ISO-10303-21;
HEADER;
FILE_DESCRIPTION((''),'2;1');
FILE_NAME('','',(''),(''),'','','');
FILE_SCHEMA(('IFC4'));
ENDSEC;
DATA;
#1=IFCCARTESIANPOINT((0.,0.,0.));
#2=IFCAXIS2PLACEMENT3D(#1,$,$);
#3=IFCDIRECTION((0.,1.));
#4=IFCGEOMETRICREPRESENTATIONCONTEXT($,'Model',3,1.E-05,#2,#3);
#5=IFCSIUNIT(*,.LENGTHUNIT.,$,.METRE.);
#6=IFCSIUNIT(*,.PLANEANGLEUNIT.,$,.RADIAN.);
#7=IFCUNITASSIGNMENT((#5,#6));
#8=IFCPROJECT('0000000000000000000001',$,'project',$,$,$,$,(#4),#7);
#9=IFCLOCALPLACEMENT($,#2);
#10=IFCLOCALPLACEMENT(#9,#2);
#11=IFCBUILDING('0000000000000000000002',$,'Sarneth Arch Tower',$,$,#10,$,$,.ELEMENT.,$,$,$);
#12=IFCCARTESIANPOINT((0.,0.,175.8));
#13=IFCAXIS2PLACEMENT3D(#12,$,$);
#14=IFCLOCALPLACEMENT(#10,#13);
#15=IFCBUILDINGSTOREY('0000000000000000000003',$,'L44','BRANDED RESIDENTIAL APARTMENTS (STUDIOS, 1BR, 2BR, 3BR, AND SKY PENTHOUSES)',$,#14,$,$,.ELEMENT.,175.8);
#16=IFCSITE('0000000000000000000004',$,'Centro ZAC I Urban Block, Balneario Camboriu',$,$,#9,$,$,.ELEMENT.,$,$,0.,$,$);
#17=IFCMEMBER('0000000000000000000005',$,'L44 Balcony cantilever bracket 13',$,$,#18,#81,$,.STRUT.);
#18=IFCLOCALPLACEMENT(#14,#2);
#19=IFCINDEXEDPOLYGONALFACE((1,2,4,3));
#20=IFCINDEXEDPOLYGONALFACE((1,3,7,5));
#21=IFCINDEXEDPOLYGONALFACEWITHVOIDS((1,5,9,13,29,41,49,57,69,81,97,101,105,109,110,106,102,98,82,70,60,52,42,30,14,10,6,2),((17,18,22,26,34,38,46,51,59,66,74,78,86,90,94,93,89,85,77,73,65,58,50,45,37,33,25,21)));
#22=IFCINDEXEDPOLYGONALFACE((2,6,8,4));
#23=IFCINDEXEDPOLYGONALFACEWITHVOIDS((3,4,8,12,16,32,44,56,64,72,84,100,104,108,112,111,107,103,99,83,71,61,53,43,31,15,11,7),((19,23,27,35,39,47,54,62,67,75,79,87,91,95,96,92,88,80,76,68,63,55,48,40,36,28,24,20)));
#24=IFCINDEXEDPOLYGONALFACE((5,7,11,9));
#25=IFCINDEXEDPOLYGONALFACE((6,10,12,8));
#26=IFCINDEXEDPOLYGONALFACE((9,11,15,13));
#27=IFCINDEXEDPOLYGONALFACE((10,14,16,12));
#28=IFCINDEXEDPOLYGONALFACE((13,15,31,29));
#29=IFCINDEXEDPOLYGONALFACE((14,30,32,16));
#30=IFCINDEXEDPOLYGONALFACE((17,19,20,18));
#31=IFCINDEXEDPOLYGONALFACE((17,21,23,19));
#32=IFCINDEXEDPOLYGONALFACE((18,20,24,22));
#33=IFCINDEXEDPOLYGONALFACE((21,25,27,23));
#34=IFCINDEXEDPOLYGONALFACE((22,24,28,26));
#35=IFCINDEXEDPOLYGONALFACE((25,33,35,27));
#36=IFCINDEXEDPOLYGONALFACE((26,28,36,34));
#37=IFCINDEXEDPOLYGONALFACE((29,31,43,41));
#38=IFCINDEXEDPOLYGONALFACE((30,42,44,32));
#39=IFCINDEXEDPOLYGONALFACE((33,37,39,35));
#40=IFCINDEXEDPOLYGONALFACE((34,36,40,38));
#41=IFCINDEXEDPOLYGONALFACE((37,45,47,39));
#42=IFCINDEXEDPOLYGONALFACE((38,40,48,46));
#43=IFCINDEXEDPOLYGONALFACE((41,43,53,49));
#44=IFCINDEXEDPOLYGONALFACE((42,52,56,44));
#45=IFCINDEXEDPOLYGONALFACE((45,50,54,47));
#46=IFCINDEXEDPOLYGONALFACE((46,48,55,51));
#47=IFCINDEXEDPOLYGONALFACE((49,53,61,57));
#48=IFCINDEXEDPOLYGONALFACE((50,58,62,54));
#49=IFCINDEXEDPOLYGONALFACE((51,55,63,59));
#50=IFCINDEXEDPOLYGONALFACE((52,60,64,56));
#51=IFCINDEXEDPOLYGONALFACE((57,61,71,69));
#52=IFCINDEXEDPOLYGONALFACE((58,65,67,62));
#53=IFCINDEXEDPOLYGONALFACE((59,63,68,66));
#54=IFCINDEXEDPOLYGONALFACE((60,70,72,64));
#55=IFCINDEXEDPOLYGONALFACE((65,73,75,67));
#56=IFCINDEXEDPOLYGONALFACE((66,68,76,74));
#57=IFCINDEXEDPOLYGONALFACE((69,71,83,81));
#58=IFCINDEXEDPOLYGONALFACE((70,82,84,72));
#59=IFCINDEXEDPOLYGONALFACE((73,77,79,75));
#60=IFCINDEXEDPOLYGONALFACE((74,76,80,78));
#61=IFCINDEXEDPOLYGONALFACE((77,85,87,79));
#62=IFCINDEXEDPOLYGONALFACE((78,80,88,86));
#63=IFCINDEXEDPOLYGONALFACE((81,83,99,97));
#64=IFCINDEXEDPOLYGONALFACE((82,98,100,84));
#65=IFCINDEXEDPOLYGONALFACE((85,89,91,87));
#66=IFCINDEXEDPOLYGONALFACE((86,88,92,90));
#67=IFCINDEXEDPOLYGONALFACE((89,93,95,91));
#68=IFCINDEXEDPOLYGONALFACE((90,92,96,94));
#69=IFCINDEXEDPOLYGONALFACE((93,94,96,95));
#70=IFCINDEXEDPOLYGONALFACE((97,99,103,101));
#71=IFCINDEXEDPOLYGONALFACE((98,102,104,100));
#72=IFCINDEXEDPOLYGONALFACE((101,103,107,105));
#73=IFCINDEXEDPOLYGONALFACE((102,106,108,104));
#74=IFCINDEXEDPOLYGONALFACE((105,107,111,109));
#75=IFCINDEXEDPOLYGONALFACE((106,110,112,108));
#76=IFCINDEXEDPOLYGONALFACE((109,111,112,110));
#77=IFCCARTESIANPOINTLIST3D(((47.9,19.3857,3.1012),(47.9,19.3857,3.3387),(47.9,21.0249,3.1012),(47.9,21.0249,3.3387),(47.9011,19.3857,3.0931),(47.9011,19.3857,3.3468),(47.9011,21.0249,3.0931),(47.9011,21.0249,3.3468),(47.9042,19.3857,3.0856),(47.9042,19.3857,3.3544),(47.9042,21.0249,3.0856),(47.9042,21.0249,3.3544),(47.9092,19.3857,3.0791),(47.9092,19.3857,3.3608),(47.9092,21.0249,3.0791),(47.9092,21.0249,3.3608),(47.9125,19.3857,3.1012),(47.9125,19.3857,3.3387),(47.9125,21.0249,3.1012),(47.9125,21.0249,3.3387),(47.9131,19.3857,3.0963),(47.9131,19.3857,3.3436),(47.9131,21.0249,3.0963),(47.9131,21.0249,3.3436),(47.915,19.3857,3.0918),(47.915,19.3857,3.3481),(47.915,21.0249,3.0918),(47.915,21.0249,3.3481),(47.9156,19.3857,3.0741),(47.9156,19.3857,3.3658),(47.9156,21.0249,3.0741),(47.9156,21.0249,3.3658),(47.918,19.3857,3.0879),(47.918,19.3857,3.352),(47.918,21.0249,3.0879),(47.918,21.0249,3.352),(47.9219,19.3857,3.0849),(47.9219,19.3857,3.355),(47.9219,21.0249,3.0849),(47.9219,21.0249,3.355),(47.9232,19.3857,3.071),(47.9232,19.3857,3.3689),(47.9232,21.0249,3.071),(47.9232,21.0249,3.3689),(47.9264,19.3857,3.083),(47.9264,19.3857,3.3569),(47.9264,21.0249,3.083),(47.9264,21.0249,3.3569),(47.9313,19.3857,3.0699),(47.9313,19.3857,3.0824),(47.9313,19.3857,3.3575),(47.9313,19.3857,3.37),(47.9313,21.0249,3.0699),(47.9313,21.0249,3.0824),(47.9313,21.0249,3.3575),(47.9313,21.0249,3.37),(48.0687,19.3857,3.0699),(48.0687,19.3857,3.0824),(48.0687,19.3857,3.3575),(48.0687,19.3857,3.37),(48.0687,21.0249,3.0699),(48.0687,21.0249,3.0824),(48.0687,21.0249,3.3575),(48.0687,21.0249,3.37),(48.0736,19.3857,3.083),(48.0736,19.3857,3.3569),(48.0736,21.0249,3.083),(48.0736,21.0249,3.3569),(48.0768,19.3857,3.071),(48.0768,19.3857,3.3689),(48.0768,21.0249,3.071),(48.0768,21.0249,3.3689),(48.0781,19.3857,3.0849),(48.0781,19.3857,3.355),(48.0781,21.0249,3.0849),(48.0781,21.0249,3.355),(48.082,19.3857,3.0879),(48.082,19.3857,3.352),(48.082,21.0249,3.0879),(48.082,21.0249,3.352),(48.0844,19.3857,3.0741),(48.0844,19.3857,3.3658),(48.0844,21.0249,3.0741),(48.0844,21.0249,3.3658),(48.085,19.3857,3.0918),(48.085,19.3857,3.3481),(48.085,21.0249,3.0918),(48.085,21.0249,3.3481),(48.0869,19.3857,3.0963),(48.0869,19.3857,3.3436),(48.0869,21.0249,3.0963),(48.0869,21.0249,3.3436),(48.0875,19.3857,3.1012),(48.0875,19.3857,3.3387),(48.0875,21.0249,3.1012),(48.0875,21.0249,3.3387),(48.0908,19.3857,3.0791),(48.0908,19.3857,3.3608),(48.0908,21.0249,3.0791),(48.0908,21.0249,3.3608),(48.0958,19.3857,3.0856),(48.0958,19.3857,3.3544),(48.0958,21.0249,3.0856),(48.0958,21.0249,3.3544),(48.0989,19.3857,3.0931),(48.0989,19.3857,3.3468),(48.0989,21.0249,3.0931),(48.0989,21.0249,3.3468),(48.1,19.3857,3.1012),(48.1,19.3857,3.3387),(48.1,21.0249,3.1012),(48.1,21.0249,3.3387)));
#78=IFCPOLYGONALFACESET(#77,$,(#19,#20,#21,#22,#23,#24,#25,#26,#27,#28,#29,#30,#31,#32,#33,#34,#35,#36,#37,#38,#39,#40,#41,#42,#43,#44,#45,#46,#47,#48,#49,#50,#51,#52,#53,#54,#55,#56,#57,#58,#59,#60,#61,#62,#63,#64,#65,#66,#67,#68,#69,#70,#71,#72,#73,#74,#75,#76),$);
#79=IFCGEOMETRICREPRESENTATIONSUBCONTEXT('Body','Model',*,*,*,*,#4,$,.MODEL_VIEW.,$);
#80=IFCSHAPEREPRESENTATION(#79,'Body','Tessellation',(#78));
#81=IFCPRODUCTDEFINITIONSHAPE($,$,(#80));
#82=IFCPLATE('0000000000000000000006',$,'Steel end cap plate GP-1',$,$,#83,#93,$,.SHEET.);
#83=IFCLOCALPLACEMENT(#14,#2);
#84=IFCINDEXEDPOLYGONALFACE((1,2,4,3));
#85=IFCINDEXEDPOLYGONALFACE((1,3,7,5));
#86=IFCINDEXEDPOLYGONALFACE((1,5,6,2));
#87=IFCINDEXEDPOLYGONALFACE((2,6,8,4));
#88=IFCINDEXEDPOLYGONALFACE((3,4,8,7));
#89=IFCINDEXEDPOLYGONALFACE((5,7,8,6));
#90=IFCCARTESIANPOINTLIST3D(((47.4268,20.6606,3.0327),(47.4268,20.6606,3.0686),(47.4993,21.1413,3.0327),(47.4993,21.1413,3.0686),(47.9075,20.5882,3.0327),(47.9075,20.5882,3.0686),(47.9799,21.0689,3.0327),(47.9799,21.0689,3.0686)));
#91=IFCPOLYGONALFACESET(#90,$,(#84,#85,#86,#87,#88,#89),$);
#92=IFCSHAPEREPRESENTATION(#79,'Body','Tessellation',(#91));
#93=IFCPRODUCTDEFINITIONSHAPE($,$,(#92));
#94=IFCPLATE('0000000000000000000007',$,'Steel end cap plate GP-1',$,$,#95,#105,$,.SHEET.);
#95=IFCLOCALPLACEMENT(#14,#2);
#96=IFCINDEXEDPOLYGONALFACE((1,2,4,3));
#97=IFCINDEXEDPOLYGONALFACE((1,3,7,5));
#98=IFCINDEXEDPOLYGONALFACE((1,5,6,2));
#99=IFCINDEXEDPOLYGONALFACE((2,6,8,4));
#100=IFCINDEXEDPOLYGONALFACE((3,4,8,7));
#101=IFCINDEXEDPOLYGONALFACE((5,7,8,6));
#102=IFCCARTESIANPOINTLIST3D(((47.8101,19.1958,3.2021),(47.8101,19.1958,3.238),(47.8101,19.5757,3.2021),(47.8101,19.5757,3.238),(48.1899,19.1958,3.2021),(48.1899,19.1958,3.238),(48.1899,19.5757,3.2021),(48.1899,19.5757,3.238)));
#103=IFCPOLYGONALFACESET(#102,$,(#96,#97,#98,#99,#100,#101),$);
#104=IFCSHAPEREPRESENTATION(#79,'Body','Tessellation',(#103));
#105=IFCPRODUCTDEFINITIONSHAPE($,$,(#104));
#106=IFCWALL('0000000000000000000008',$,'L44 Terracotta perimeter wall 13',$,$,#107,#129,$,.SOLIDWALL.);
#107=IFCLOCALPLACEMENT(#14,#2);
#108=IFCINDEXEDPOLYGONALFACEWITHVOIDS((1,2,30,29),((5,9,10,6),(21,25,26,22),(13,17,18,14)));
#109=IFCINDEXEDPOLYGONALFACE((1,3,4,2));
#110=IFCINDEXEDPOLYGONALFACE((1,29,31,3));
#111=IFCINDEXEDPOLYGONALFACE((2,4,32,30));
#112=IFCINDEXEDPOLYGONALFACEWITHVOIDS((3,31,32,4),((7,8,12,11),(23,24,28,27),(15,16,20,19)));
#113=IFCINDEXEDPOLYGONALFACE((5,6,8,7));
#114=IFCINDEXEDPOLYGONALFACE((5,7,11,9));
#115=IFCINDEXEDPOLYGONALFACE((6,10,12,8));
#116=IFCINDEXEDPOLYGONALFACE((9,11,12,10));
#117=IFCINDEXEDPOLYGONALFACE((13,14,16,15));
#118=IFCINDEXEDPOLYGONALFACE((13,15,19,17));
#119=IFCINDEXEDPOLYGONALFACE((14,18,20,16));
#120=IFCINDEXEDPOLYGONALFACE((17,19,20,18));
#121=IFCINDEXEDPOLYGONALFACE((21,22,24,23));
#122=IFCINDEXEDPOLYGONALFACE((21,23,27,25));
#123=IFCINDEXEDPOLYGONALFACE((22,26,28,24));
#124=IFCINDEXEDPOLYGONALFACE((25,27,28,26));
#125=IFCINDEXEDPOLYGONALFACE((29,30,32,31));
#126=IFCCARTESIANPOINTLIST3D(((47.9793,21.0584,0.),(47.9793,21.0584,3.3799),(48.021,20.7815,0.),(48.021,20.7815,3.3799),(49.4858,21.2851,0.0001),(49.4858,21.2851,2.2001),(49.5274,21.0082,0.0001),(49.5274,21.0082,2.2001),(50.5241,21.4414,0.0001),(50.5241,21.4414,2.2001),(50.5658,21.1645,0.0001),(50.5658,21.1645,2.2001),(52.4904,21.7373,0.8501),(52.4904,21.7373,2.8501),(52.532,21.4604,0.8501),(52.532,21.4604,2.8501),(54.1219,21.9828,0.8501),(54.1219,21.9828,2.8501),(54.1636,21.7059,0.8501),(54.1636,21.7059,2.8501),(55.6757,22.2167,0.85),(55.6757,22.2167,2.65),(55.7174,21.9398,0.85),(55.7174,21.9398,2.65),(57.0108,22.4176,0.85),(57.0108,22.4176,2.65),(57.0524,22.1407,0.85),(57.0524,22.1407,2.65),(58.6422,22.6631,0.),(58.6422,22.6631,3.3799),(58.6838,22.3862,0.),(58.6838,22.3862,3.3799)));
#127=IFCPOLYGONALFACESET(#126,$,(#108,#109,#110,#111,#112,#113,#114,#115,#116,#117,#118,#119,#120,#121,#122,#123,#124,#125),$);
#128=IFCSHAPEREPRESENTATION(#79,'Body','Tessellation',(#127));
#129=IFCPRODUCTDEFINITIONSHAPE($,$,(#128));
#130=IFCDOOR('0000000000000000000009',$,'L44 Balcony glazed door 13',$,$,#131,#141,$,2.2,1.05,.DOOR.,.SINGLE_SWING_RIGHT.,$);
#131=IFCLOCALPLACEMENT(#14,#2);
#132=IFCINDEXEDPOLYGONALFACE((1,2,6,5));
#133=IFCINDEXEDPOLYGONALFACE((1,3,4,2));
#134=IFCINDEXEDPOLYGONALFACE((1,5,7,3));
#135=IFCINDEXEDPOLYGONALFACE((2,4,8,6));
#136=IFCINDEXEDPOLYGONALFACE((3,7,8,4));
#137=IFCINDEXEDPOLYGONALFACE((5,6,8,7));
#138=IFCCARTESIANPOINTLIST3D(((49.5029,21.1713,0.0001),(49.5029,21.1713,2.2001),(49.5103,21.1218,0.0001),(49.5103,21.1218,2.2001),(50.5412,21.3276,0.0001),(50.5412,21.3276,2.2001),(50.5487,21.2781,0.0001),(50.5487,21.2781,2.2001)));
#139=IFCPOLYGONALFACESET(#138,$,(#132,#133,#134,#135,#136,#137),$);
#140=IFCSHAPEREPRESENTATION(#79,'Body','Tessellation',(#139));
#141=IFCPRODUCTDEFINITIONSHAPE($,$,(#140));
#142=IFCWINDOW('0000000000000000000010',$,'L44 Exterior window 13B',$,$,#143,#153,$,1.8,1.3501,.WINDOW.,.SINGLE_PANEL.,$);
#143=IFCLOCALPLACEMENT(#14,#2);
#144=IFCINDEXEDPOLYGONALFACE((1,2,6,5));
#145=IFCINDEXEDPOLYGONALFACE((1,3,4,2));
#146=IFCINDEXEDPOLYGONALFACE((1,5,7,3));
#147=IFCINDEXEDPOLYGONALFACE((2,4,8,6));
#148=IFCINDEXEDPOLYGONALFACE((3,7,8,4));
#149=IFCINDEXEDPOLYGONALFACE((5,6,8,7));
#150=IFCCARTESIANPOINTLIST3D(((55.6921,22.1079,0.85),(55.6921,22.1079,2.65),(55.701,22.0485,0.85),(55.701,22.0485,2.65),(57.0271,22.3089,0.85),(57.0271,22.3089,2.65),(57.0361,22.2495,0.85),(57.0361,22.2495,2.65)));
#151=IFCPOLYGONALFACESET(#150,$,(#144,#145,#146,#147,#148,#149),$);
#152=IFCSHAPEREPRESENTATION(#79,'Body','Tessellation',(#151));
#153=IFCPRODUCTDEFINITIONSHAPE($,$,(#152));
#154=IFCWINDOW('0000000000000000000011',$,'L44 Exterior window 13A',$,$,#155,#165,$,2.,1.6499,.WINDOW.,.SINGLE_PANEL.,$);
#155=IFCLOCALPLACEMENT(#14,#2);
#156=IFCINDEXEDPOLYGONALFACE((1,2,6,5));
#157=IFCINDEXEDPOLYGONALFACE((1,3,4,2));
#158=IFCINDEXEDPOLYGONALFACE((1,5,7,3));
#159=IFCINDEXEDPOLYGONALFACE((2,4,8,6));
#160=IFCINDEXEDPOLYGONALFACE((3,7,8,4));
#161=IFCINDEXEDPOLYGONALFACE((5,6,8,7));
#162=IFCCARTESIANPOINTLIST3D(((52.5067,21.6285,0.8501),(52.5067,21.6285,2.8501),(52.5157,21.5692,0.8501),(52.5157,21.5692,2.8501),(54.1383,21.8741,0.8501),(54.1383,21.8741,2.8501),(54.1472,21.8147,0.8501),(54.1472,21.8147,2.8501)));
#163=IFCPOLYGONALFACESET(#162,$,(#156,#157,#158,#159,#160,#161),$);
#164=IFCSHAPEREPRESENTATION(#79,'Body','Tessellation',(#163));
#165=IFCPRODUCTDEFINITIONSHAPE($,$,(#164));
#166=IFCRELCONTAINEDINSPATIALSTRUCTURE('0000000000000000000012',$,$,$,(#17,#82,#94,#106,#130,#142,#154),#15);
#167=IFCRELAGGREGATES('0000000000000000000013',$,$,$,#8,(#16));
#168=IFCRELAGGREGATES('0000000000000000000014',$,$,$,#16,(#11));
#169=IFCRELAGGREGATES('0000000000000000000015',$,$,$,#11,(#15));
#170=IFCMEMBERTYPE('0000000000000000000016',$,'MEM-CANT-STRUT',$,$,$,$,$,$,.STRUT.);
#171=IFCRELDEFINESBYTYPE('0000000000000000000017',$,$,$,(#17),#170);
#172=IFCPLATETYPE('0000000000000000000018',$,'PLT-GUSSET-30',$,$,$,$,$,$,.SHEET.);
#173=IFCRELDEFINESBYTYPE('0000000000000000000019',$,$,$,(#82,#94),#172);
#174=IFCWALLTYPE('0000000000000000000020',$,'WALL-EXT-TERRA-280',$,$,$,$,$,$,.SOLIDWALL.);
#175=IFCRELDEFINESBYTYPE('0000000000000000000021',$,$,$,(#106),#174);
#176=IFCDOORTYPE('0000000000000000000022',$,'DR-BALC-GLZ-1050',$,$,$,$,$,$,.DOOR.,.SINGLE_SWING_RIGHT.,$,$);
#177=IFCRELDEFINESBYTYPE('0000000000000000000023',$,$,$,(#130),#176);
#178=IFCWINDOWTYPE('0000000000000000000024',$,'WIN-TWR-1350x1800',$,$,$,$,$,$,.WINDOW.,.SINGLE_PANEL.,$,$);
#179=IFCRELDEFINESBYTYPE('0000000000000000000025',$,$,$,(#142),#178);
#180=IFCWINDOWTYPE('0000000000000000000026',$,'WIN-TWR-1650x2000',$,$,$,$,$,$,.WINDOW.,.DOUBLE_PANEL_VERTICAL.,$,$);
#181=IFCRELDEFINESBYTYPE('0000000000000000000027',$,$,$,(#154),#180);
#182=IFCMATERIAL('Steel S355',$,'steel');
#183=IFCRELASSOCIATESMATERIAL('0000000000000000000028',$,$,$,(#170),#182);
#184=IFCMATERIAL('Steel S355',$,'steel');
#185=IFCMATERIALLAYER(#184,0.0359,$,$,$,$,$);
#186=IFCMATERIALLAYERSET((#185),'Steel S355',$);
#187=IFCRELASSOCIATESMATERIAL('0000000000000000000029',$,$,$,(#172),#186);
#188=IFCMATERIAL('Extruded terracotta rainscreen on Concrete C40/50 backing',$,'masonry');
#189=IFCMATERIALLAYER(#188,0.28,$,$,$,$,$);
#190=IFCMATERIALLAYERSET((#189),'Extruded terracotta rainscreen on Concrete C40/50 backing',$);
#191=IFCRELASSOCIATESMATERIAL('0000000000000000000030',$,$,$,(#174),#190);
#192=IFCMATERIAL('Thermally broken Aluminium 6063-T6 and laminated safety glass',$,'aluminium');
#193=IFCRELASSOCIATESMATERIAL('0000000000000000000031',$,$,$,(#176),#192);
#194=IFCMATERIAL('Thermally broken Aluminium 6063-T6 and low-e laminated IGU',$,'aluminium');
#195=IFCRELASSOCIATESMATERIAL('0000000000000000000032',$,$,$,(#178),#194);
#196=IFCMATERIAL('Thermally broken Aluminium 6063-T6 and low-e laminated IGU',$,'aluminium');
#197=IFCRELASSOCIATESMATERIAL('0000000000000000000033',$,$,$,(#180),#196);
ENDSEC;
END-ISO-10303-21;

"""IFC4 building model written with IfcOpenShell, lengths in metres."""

from ifc_helpers import new_model, si_unit, direction, frame, frame_2d, origin, origin_2d, place, context, subcontext, project, spatial, rectangle, hollow_rectangle, extrude, material, layer, layer_set, material_profile, profile_set, type_object, element, fill, save


model = new_model("IFC4")

# Units and contexts
model_context = context("Model", 3, precision=1e-05, world=origin(), true_north=direction((0.0, 1.0)))
body_context = subcontext(model_context, "Body", "Model", "MODEL_VIEW")
ifc_project = project(units=[si_unit("LENGTHUNIT", "METRE"), si_unit("PLANEANGLEUNIT", "RADIAN")], contexts=[model_context])

# Site, building, storey
site_placement = place(None, origin())
site = spatial("IfcSite", under=ifc_project, at=site_placement, Name="Centro ZAC I Urban Block, Balneario Camboriu", CompositionType="ELEMENT", RefElevation=0.0)
building_placement = place(site_placement, origin())
building = spatial("IfcBuilding", under=site, at=building_placement, Name="Sarneth Arch Tower", CompositionType="ELEMENT")
storey_placement = place(building_placement, frame((0.0, 0.0, 175.8)))
storey = spatial("IfcBuildingStorey", under=building, at=storey_placement, Name="L44", Description="BRANDED RESIDENTIAL APARTMENTS (STUDIOS, 1BR, 2BR, 3BR, AND SKY PENTHOUSES)", CompositionType="ELEMENT", Elevation=175.8)

# Member
ifc_material_1 = material(Name="Steel S355", Category="steel")
ifc_material_profile_1 = material_profile(ifc_material_1, hollow_rectangle(XDim=0.2, YDim=0.3, WallThickness=0.0125, InnerFilletRadius=0.0188, OuterFilletRadius=0.0312, at=origin_2d()), Name="RHS300x200x12.5")
ifc_profile_set_1 = profile_set([ifc_material_profile_1], Name="Steel S355")
member_type_1 = type_object("IfcMemberType", Name="MEM-CANT-STRUT", PredefinedType="STRUT", material=ifc_profile_set_1)
member_1_placement = place(storey_placement, frame((48.0, 21.0249, 3.22), z_axis=(0.0, -1.0, 0.0), x_axis=(1.0, 0.0, 0.0)))
element("IfcMember", 1, at=member_1_placement, inside=storey, type_object=member_type_1, Name="L44 Balcony cantilever bracket 13", PredefinedType="STRUT", context=body_context, shape_type="SweptSolid", body=[
    extrude(hollow_rectangle(XDim=0.2, YDim=0.3, WallThickness=0.0125, InnerFilletRadius=0.0188, OuterFilletRadius=0.0312, at=origin_2d()), origin(), (0.0, 0.0, 1.0), 1.6392),
])

# Plates
ifc_material_2 = material(Name="Steel S355", Category="steel")
ifc_layer_1 = layer(ifc_material_2, 0.0359)
ifc_layer_set_1 = layer_set([ifc_layer_1], Name="Steel S355")
plate_type = type_object("IfcPlateType", Name="PLT-GUSSET-30", PredefinedType="SHEET", material=ifc_layer_set_1)
plate_1_placement = place(storey_placement, frame((47.7034, 20.8647, 3.0327), z_axis=(0.0, 0.0, 1.0), x_axis=(0.988835, -0.149018, 0.0)))
element("IfcPlate", 2, at=plate_1_placement, inside=storey, type_object=plate_type, Name="Steel end cap plate GP-1", PredefinedType="SHEET", context=body_context, shape_type="SweptSolid", body=[
    extrude(rectangle(XDim=0.4861, YDim=0.4861, at=origin_2d()), origin(), (0.0, 0.0, 1.0), 0.0359),
])
plate_2_placement = place(storey_placement, frame((48.0, 19.3857, 3.2021), z_axis=(0.0, 0.0, 1.0), x_axis=(0.0, -1.0, 0.0)))
element("IfcPlate", 3, at=plate_2_placement, inside=storey, type_object=plate_type, Name="Steel end cap plate GP-1", PredefinedType="SHEET", context=body_context, shape_type="SweptSolid", body=[
    extrude(rectangle(XDim=0.3799, YDim=0.3799, at=origin_2d()), origin(), (0.0, 0.0, 1.0), 0.0359),
])

# Wall, openings, door, windows
ifc_material_3 = material(Name="Extruded terracotta rainscreen on Concrete C40/50 backing", Category="masonry")
ifc_layer_2 = layer(ifc_material_3, 0.28)
ifc_layer_set_2 = layer_set([ifc_layer_2], Name="Extruded terracotta rainscreen on Concrete C40/50 backing")
wall_type_1 = type_object("IfcWallType", Name="WALL-EXT-TERRA-280", PredefinedType="SOLIDWALL", material=ifc_layer_set_2)
wall_1_placement = place(storey_placement, frame((48.0, 20.9199, 0.0), z_axis=(0.0, 0.0, 1.0), x_axis=(0.988864, 0.148822, 0.0)))
wall_1 = element("IfcWall", 4, at=wall_1_placement, inside=storey, type_object=wall_type_1, Name="L44 Terracotta perimeter wall 13", PredefinedType="SOLIDWALL", context=body_context, shape_type="SweptSolid", body=[
    extrude(rectangle(XDim=10.783, YDim=0.28, at=frame_2d((5.3916, 0.0))), origin(), (0.0, 0.0, 1.0), 3.3799),
])
opening_1_placement = place(wall_1_placement, frame((1.5237, 0.0, 0.0)))
opening_1 = element("IfcOpeningElement", 5, at=opening_1_placement, cuts=wall_1, PredefinedType="OPENING", context=body_context, shape_type="SweptSolid", body=[
    extrude(rectangle(XDim=1.05, YDim=2.2, at=frame_2d((0.5249, 1.1001))), frame((0.0, 0.1499, 0.0), z_axis=(0.0, -1.0, 0.0), x_axis=(1.0, 0.0, 0.0)), (0.0, 0.0, 1.0), 0.3),
])
opening_2_placement = place(wall_1_placement, frame((4.562, 0.0, 0.8501)))
opening_2 = element("IfcOpeningElement", 6, at=opening_2_placement, cuts=wall_1, PredefinedType="OPENING", context=body_context, shape_type="SweptSolid", body=[
    extrude(rectangle(XDim=1.6499, YDim=2.0, at=frame_2d((0.825, 1.0))), frame((0.0, 0.1499, 0.0), z_axis=(0.0, -1.0, 0.0), x_axis=(1.0, 0.0, 0.0)), (0.0, 0.0, 1.0), 0.3),
])
opening_3_placement = place(wall_1_placement, frame((7.7832, 0.0, 0.8501)))
opening_3 = element("IfcOpeningElement", 7, at=opening_3_placement, cuts=wall_1, PredefinedType="OPENING", context=body_context, shape_type="SweptSolid", body=[
    extrude(rectangle(XDim=1.3501, YDim=1.8, at=frame_2d((0.675, 0.8999))), frame((0.0, 0.1499, 0.0), z_axis=(0.0, -1.0, 0.0), x_axis=(1.0, 0.0, 0.0)), (0.0, 0.0, 1.0), 0.3),
])
ifc_material_4 = material(Name="Thermally broken Aluminium 6063-T6 and laminated safety glass", Category="aluminium")
door_type_1 = type_object("IfcDoorType", Name="DR-BALC-GLZ-1050", OperationType="SINGLE_SWING_RIGHT", PredefinedType="DOOR", material=ifc_material_4)
door_1_placement = place(opening_1_placement, origin())
door_1 = element("IfcDoor", 8, at=door_1_placement, inside=storey, type_object=door_type_1, Name="L44 Balcony glazed door 13", OperationType="SINGLE_SWING_RIGHT", OverallHeight=2.2, OverallWidth=1.05, PredefinedType="DOOR", context=body_context, shape_type="SweptSolid", body=[
    extrude(rectangle(XDim=1.05, YDim=2.2, at=frame_2d((0.5249, 1.1001))), frame((0.0, 0.0249, 0.0), z_axis=(0.0, -1.0, 0.0), x_axis=(1.0, 0.0, 0.0)), (0.0, 0.0, 1.0), 0.05),
])
fill(opening_1, door_1)
ifc_material_5 = material(Name="Thermally broken Aluminium 6063-T6 and low-e laminated IGU", Category="aluminium")
window_type_1 = type_object("IfcWindowType", Name="WIN-TWR-1350x1800", PartitioningType="SINGLE_PANEL", PredefinedType="WINDOW", material=ifc_material_5)
window_1_placement = place(opening_3_placement, origin())
window_1 = element("IfcWindow", 9, at=window_1_placement, inside=storey, type_object=window_type_1, Name="L44 Exterior window 13B", OverallHeight=1.8, OverallWidth=1.3501, PartitioningType="SINGLE_PANEL", PredefinedType="WINDOW", context=body_context, shape_type="SweptSolid", body=[
    extrude(rectangle(XDim=1.3501, YDim=1.8, at=frame_2d((0.675, 0.8999))), frame((0.0, 0.03, 0.0), z_axis=(0.0, -1.0, 0.0), x_axis=(1.0, 0.0, 0.0)), (0.0, 0.0, 1.0), 0.0601),
])
fill(opening_3, window_1)
ifc_material_6 = material(Name="Thermally broken Aluminium 6063-T6 and low-e laminated IGU", Category="aluminium")
window_type_2 = type_object("IfcWindowType", Name="WIN-TWR-1650x2000", PartitioningType="DOUBLE_PANEL_VERTICAL", PredefinedType="WINDOW", material=ifc_material_6)
window_2_placement = place(opening_2_placement, origin())
window_2 = element("IfcWindow", 10, at=window_2_placement, inside=storey, type_object=window_type_2, Name="L44 Exterior window 13A", OverallHeight=2.0, OverallWidth=1.6499, PartitioningType="SINGLE_PANEL", PredefinedType="WINDOW", context=body_context, shape_type="SweptSolid", body=[
    extrude(rectangle(XDim=1.6499, YDim=2.0, at=frame_2d((0.825, 1.0))), frame((0.0, 0.03, 0.0), z_axis=(0.0, -1.0, 0.0), x_axis=(1.0, 0.0, 0.0)), (0.0, 0.0, 1.0), 0.0601),
])
fill(opening_2, window_2)

save(model, "model.ifc")
